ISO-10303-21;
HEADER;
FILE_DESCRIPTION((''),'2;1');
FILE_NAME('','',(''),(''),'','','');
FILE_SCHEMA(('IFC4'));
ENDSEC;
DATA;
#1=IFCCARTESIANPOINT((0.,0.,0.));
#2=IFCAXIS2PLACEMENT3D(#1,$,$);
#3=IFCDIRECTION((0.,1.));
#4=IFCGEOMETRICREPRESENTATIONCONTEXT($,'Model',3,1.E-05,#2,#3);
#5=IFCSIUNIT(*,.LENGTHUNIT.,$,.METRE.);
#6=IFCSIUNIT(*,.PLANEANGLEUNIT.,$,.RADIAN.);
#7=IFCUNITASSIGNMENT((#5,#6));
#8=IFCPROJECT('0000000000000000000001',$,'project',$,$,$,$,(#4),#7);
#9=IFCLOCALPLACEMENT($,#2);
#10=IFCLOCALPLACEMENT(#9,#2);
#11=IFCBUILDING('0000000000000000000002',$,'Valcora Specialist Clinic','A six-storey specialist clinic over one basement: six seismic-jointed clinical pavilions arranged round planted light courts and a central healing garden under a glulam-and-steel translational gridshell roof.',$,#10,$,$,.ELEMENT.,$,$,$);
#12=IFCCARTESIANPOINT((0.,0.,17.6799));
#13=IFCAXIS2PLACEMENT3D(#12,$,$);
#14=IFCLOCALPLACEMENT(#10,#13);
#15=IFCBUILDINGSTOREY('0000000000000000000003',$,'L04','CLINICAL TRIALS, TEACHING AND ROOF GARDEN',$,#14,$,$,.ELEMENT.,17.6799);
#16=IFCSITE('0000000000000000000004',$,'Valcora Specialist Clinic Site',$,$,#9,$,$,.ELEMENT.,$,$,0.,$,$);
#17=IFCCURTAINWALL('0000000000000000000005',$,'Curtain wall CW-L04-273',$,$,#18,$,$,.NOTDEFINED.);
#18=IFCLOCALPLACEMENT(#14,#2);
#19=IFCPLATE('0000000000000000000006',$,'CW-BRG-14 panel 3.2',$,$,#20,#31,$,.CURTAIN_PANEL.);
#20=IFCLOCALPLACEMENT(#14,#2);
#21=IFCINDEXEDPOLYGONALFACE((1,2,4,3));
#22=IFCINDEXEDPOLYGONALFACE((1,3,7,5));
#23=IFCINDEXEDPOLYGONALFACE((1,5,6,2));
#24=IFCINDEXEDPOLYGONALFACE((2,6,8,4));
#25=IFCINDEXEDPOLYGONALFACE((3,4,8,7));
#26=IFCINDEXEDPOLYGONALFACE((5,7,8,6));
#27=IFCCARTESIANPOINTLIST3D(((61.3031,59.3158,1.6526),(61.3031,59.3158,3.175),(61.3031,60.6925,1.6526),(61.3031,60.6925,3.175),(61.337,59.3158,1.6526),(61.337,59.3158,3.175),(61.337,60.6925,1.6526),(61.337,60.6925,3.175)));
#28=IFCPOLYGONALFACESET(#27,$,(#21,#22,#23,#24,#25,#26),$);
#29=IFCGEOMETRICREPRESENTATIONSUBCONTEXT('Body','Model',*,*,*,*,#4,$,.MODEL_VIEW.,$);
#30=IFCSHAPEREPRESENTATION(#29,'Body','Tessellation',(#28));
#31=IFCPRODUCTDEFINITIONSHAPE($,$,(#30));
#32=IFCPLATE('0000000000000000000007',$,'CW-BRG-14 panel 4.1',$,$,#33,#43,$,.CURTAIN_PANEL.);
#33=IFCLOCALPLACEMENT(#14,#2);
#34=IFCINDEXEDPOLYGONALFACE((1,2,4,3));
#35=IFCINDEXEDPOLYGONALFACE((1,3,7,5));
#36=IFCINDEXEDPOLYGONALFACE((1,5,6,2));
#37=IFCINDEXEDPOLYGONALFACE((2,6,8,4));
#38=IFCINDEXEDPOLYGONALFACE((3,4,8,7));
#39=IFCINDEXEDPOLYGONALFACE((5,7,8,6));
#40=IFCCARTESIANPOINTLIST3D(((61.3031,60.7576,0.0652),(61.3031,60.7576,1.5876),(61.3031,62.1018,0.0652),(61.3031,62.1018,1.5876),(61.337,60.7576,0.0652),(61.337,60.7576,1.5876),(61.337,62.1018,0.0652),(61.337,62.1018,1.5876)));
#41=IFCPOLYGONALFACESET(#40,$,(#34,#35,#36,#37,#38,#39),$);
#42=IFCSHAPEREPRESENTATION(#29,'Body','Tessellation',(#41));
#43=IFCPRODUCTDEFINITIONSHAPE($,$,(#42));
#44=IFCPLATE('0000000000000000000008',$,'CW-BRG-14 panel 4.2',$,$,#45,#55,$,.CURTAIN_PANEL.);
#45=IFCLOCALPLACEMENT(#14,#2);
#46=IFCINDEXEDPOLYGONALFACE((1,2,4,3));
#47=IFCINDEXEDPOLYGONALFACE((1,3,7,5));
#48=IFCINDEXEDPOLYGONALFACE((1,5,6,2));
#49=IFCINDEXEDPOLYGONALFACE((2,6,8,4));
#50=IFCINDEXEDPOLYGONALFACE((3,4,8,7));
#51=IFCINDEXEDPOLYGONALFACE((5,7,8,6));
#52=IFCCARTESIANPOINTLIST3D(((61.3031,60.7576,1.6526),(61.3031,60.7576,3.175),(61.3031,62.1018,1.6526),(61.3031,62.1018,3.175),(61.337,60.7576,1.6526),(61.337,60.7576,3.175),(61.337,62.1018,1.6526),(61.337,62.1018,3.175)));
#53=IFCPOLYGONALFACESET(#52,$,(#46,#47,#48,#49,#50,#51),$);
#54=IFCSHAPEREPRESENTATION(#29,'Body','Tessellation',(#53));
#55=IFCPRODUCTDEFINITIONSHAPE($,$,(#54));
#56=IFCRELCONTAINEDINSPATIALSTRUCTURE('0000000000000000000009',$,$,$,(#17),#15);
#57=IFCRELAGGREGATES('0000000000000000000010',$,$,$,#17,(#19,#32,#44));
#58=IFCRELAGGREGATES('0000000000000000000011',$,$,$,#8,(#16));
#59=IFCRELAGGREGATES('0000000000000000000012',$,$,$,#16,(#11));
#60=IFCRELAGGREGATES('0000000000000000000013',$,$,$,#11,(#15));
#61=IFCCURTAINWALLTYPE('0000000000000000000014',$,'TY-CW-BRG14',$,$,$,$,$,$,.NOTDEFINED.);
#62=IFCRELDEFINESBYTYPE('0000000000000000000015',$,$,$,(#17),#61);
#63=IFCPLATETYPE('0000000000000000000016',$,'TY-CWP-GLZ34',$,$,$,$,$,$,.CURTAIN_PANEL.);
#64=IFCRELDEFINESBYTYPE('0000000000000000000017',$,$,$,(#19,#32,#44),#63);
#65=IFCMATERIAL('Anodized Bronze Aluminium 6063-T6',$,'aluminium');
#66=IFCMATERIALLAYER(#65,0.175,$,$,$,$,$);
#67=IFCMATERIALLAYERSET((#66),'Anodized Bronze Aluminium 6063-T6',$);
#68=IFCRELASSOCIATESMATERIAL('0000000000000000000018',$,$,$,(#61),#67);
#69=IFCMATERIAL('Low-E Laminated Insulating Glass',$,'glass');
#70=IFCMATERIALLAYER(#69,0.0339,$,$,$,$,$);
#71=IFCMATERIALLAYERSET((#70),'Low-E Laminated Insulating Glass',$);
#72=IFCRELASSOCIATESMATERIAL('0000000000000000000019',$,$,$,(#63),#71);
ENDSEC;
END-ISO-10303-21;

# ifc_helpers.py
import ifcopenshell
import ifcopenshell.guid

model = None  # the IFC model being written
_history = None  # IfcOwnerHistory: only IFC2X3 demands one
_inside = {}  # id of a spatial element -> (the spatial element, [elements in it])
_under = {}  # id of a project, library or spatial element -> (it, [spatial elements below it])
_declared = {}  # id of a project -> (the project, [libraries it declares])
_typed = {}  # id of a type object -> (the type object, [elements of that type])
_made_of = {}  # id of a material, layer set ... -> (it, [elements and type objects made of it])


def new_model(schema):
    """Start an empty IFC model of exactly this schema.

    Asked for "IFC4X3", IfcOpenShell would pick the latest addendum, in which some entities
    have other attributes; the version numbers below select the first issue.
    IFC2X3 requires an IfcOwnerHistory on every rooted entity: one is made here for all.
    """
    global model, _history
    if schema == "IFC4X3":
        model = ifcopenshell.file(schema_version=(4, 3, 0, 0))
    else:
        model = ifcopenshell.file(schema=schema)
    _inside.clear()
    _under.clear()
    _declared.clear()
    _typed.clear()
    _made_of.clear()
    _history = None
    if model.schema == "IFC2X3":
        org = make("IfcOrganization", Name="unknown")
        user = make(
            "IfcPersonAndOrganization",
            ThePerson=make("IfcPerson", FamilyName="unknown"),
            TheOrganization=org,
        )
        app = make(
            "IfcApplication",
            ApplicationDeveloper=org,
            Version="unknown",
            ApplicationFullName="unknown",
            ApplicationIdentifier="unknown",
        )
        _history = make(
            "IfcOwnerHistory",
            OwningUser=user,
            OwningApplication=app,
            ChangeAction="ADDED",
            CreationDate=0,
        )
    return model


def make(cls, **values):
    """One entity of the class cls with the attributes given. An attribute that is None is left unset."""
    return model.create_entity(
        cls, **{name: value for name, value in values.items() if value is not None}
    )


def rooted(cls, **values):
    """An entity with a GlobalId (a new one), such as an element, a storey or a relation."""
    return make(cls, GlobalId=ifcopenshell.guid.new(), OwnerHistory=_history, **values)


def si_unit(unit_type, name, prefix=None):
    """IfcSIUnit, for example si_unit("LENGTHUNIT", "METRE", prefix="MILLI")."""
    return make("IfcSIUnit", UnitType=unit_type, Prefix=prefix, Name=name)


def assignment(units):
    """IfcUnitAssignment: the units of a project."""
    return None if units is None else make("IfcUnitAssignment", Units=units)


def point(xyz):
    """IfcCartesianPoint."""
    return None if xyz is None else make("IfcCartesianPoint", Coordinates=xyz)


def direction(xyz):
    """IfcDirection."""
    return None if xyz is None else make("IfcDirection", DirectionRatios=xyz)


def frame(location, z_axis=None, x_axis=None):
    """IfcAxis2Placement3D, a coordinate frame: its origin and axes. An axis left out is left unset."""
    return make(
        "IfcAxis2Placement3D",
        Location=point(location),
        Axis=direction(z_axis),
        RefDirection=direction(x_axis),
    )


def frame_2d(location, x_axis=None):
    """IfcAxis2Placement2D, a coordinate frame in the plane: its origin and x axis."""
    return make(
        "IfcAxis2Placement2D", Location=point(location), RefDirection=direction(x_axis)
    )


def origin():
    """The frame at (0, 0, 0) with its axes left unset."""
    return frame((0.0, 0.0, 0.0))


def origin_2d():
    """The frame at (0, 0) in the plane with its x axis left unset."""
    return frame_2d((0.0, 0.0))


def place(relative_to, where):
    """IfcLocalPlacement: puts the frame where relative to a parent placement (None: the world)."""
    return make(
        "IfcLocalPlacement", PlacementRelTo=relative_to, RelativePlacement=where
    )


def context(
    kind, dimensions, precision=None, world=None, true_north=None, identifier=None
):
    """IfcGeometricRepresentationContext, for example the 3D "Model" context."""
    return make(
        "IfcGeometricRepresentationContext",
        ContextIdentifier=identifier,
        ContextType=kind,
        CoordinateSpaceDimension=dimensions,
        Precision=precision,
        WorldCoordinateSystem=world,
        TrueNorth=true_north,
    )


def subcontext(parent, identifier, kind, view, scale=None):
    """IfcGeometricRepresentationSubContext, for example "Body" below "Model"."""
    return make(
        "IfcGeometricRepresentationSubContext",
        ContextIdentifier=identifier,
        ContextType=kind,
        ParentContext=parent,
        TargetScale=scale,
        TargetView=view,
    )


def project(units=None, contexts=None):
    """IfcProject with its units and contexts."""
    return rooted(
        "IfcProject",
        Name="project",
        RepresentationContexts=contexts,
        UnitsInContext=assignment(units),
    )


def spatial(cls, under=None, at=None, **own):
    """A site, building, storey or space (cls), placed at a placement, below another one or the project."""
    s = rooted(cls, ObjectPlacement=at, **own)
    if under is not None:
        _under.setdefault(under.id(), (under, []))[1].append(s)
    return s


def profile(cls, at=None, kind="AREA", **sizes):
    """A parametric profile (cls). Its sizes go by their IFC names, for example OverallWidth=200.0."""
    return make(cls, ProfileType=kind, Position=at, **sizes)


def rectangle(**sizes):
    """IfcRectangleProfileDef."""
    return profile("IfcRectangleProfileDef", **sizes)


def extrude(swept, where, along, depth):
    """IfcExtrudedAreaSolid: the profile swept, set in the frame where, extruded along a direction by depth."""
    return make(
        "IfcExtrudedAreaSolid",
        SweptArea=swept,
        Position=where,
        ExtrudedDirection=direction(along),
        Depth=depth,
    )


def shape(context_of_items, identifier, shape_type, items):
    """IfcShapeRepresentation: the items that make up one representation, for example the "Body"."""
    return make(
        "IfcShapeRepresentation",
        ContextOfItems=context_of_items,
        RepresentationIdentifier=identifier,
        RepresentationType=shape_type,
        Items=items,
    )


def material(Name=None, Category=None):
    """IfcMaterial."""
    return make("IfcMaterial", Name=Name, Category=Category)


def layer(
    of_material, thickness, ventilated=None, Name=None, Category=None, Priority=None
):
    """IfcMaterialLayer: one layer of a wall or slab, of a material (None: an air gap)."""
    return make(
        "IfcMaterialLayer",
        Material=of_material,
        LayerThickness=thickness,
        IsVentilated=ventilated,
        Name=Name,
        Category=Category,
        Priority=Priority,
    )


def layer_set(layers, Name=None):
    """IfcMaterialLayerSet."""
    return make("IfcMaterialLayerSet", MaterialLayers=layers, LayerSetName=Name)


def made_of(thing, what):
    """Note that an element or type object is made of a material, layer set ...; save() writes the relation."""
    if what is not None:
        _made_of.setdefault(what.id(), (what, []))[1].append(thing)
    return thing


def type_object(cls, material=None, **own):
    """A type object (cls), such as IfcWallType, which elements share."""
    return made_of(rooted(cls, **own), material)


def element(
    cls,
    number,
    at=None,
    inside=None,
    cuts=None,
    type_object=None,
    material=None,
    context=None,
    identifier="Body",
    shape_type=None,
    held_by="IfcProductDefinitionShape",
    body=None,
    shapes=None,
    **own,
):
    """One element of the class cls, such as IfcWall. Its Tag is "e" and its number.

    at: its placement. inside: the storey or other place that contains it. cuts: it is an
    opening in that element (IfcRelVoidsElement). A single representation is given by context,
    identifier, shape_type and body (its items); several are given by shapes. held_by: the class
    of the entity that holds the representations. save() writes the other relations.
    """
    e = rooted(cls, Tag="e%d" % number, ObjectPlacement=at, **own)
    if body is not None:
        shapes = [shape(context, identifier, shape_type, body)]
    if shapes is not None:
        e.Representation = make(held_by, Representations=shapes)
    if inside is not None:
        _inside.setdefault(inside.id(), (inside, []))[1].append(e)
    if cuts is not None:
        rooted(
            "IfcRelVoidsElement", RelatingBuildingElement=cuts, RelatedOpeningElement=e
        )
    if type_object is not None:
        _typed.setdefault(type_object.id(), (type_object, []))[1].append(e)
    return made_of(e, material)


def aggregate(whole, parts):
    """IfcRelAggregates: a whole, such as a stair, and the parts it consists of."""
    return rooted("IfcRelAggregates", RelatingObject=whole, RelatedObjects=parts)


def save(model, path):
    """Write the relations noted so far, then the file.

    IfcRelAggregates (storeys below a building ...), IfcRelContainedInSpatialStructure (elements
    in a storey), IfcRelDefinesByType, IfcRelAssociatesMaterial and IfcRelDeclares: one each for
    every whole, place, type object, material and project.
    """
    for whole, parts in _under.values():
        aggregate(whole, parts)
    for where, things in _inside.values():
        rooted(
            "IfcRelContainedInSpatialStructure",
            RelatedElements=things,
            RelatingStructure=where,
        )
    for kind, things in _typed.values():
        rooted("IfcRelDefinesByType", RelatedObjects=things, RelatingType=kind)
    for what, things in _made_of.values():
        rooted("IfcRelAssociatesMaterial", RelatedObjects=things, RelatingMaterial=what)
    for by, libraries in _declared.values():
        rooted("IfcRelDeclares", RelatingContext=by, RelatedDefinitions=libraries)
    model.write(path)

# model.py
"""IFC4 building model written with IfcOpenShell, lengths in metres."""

from ifc_helpers import new_model, si_unit, direction, frame, origin, origin_2d, place, context, subcontext, project, spatial, rectangle, extrude, material, layer, layer_set, type_object, element, aggregate, save


model = new_model("IFC4")

# Units and contexts
model_context = context("Model", 3, precision=1e-05, world=origin(), true_north=direction((0.0, 1.0)))
body_context = subcontext(model_context, "Body", "Model", "MODEL_VIEW")
ifc_project = project(units=[si_unit("LENGTHUNIT", "METRE"), si_unit("PLANEANGLEUNIT", "RADIAN")], contexts=[model_context])

# Site, building, storey
site_placement = place(None, origin())
site = spatial("IfcSite", under=ifc_project, at=site_placement, Name="Valcora Specialist Clinic Site", CompositionType="ELEMENT", RefElevation=0.0)
building_placement = place(site_placement, origin())
building = spatial("IfcBuilding", under=site, at=building_placement, Name="Valcora Specialist Clinic", Description="A six-storey specialist clinic over one basement: six seismic-jointed clinical pavilions arranged round planted light courts and a central healing garden under a glulam-and-steel translational gridshell roof.", CompositionType="ELEMENT")
storey_placement = place(building_placement, frame((0.0, 0.0, 17.6799)))
storey = spatial("IfcBuildingStorey", under=building, at=storey_placement, Name="L04", Description="CLINICAL TRIALS, TEACHING AND ROOF GARDEN", CompositionType="ELEMENT", Elevation=17.6799)

# Curtain wall
ifc_material_1 = material(Name="Anodized Bronze Aluminium 6063-T6", Category="aluminium")
ifc_layer_1 = layer(ifc_material_1, 0.175)
ifc_layer_set_1 = layer_set([ifc_layer_1], Name="Anodized Bronze Aluminium 6063-T6")
curtain_wall_type = type_object("IfcCurtainWallType", Name="TY-CW-BRG14", PredefinedType="NOTDEFINED", material=ifc_layer_set_1)
curtain_wall_1_placement = place(storey_placement, origin())
curtain_wall_1 = element("IfcCurtainWall", 1, at=curtain_wall_1_placement, inside=storey, type_object=curtain_wall_type, Name="Curtain wall CW-L04-273", PredefinedType="NOTDEFINED")

# Plates
ifc_material_2 = material(Name="Low-E Laminated Insulating Glass", Category="glass")
ifc_layer_2 = layer(ifc_material_2, 0.0339)
ifc_layer_set_2 = layer_set([ifc_layer_2], Name="Low-E Laminated Insulating Glass")
plate_type_1 = type_object("IfcPlateType", Name="TY-CWP-GLZ34", PredefinedType="CURTAIN_PANEL", material=ifc_layer_set_2)
plate_1_placement = place(storey_placement, frame((61.3201, 60.0042, 1.6526), z_axis=(0.0, 0.0, 1.0), x_axis=(0.0, 1.0, 0.0)))
plate_1 = element("IfcPlate", 2, at=plate_1_placement, type_object=plate_type_1, Name="CW-BRG-14 panel 3.2", PredefinedType="CURTAIN_PANEL", context=body_context, shape_type="SweptSolid", body=[
    extrude(rectangle(XDim=1.3767, YDim=0.0339, at=origin_2d()), origin(), (0.0, 0.0, 1.0), 1.5225),
])
plate_2_placement = place(storey_placement, frame((61.3201, 61.4297, 0.0652), z_axis=(0.0, 0.0, 1.0), x_axis=(0.0, 1.0, 0.0)))
plate_2 = element("IfcPlate", 3, at=plate_2_placement, type_object=plate_type_1, Name="CW-BRG-14 panel 4.1", PredefinedType="CURTAIN_PANEL", context=body_context, shape_type="SweptSolid", body=[
    extrude(rectangle(XDim=1.3442, YDim=0.0339, at=origin_2d()), origin(), (0.0, 0.0, 1.0), 1.5225),
])
plate_3_placement = place(storey_placement, frame((61.3201, 61.4297, 1.6526), z_axis=(0.0, 0.0, 1.0), x_axis=(0.0, 1.0, 0.0)))
plate_3 = element("IfcPlate", 4, at=plate_3_placement, type_object=plate_type_1, Name="CW-BRG-14 panel 4.2", PredefinedType="CURTAIN_PANEL", context=body_context, shape_type="SweptSolid", body=[
    extrude(rectangle(XDim=1.3442, YDim=0.0339, at=origin_2d()), origin(), (0.0, 0.0, 1.0), 1.5225),
])
aggregate(curtain_wall_1, [plate_1, plate_2, plate_3])

save(model, "model.ifc")
